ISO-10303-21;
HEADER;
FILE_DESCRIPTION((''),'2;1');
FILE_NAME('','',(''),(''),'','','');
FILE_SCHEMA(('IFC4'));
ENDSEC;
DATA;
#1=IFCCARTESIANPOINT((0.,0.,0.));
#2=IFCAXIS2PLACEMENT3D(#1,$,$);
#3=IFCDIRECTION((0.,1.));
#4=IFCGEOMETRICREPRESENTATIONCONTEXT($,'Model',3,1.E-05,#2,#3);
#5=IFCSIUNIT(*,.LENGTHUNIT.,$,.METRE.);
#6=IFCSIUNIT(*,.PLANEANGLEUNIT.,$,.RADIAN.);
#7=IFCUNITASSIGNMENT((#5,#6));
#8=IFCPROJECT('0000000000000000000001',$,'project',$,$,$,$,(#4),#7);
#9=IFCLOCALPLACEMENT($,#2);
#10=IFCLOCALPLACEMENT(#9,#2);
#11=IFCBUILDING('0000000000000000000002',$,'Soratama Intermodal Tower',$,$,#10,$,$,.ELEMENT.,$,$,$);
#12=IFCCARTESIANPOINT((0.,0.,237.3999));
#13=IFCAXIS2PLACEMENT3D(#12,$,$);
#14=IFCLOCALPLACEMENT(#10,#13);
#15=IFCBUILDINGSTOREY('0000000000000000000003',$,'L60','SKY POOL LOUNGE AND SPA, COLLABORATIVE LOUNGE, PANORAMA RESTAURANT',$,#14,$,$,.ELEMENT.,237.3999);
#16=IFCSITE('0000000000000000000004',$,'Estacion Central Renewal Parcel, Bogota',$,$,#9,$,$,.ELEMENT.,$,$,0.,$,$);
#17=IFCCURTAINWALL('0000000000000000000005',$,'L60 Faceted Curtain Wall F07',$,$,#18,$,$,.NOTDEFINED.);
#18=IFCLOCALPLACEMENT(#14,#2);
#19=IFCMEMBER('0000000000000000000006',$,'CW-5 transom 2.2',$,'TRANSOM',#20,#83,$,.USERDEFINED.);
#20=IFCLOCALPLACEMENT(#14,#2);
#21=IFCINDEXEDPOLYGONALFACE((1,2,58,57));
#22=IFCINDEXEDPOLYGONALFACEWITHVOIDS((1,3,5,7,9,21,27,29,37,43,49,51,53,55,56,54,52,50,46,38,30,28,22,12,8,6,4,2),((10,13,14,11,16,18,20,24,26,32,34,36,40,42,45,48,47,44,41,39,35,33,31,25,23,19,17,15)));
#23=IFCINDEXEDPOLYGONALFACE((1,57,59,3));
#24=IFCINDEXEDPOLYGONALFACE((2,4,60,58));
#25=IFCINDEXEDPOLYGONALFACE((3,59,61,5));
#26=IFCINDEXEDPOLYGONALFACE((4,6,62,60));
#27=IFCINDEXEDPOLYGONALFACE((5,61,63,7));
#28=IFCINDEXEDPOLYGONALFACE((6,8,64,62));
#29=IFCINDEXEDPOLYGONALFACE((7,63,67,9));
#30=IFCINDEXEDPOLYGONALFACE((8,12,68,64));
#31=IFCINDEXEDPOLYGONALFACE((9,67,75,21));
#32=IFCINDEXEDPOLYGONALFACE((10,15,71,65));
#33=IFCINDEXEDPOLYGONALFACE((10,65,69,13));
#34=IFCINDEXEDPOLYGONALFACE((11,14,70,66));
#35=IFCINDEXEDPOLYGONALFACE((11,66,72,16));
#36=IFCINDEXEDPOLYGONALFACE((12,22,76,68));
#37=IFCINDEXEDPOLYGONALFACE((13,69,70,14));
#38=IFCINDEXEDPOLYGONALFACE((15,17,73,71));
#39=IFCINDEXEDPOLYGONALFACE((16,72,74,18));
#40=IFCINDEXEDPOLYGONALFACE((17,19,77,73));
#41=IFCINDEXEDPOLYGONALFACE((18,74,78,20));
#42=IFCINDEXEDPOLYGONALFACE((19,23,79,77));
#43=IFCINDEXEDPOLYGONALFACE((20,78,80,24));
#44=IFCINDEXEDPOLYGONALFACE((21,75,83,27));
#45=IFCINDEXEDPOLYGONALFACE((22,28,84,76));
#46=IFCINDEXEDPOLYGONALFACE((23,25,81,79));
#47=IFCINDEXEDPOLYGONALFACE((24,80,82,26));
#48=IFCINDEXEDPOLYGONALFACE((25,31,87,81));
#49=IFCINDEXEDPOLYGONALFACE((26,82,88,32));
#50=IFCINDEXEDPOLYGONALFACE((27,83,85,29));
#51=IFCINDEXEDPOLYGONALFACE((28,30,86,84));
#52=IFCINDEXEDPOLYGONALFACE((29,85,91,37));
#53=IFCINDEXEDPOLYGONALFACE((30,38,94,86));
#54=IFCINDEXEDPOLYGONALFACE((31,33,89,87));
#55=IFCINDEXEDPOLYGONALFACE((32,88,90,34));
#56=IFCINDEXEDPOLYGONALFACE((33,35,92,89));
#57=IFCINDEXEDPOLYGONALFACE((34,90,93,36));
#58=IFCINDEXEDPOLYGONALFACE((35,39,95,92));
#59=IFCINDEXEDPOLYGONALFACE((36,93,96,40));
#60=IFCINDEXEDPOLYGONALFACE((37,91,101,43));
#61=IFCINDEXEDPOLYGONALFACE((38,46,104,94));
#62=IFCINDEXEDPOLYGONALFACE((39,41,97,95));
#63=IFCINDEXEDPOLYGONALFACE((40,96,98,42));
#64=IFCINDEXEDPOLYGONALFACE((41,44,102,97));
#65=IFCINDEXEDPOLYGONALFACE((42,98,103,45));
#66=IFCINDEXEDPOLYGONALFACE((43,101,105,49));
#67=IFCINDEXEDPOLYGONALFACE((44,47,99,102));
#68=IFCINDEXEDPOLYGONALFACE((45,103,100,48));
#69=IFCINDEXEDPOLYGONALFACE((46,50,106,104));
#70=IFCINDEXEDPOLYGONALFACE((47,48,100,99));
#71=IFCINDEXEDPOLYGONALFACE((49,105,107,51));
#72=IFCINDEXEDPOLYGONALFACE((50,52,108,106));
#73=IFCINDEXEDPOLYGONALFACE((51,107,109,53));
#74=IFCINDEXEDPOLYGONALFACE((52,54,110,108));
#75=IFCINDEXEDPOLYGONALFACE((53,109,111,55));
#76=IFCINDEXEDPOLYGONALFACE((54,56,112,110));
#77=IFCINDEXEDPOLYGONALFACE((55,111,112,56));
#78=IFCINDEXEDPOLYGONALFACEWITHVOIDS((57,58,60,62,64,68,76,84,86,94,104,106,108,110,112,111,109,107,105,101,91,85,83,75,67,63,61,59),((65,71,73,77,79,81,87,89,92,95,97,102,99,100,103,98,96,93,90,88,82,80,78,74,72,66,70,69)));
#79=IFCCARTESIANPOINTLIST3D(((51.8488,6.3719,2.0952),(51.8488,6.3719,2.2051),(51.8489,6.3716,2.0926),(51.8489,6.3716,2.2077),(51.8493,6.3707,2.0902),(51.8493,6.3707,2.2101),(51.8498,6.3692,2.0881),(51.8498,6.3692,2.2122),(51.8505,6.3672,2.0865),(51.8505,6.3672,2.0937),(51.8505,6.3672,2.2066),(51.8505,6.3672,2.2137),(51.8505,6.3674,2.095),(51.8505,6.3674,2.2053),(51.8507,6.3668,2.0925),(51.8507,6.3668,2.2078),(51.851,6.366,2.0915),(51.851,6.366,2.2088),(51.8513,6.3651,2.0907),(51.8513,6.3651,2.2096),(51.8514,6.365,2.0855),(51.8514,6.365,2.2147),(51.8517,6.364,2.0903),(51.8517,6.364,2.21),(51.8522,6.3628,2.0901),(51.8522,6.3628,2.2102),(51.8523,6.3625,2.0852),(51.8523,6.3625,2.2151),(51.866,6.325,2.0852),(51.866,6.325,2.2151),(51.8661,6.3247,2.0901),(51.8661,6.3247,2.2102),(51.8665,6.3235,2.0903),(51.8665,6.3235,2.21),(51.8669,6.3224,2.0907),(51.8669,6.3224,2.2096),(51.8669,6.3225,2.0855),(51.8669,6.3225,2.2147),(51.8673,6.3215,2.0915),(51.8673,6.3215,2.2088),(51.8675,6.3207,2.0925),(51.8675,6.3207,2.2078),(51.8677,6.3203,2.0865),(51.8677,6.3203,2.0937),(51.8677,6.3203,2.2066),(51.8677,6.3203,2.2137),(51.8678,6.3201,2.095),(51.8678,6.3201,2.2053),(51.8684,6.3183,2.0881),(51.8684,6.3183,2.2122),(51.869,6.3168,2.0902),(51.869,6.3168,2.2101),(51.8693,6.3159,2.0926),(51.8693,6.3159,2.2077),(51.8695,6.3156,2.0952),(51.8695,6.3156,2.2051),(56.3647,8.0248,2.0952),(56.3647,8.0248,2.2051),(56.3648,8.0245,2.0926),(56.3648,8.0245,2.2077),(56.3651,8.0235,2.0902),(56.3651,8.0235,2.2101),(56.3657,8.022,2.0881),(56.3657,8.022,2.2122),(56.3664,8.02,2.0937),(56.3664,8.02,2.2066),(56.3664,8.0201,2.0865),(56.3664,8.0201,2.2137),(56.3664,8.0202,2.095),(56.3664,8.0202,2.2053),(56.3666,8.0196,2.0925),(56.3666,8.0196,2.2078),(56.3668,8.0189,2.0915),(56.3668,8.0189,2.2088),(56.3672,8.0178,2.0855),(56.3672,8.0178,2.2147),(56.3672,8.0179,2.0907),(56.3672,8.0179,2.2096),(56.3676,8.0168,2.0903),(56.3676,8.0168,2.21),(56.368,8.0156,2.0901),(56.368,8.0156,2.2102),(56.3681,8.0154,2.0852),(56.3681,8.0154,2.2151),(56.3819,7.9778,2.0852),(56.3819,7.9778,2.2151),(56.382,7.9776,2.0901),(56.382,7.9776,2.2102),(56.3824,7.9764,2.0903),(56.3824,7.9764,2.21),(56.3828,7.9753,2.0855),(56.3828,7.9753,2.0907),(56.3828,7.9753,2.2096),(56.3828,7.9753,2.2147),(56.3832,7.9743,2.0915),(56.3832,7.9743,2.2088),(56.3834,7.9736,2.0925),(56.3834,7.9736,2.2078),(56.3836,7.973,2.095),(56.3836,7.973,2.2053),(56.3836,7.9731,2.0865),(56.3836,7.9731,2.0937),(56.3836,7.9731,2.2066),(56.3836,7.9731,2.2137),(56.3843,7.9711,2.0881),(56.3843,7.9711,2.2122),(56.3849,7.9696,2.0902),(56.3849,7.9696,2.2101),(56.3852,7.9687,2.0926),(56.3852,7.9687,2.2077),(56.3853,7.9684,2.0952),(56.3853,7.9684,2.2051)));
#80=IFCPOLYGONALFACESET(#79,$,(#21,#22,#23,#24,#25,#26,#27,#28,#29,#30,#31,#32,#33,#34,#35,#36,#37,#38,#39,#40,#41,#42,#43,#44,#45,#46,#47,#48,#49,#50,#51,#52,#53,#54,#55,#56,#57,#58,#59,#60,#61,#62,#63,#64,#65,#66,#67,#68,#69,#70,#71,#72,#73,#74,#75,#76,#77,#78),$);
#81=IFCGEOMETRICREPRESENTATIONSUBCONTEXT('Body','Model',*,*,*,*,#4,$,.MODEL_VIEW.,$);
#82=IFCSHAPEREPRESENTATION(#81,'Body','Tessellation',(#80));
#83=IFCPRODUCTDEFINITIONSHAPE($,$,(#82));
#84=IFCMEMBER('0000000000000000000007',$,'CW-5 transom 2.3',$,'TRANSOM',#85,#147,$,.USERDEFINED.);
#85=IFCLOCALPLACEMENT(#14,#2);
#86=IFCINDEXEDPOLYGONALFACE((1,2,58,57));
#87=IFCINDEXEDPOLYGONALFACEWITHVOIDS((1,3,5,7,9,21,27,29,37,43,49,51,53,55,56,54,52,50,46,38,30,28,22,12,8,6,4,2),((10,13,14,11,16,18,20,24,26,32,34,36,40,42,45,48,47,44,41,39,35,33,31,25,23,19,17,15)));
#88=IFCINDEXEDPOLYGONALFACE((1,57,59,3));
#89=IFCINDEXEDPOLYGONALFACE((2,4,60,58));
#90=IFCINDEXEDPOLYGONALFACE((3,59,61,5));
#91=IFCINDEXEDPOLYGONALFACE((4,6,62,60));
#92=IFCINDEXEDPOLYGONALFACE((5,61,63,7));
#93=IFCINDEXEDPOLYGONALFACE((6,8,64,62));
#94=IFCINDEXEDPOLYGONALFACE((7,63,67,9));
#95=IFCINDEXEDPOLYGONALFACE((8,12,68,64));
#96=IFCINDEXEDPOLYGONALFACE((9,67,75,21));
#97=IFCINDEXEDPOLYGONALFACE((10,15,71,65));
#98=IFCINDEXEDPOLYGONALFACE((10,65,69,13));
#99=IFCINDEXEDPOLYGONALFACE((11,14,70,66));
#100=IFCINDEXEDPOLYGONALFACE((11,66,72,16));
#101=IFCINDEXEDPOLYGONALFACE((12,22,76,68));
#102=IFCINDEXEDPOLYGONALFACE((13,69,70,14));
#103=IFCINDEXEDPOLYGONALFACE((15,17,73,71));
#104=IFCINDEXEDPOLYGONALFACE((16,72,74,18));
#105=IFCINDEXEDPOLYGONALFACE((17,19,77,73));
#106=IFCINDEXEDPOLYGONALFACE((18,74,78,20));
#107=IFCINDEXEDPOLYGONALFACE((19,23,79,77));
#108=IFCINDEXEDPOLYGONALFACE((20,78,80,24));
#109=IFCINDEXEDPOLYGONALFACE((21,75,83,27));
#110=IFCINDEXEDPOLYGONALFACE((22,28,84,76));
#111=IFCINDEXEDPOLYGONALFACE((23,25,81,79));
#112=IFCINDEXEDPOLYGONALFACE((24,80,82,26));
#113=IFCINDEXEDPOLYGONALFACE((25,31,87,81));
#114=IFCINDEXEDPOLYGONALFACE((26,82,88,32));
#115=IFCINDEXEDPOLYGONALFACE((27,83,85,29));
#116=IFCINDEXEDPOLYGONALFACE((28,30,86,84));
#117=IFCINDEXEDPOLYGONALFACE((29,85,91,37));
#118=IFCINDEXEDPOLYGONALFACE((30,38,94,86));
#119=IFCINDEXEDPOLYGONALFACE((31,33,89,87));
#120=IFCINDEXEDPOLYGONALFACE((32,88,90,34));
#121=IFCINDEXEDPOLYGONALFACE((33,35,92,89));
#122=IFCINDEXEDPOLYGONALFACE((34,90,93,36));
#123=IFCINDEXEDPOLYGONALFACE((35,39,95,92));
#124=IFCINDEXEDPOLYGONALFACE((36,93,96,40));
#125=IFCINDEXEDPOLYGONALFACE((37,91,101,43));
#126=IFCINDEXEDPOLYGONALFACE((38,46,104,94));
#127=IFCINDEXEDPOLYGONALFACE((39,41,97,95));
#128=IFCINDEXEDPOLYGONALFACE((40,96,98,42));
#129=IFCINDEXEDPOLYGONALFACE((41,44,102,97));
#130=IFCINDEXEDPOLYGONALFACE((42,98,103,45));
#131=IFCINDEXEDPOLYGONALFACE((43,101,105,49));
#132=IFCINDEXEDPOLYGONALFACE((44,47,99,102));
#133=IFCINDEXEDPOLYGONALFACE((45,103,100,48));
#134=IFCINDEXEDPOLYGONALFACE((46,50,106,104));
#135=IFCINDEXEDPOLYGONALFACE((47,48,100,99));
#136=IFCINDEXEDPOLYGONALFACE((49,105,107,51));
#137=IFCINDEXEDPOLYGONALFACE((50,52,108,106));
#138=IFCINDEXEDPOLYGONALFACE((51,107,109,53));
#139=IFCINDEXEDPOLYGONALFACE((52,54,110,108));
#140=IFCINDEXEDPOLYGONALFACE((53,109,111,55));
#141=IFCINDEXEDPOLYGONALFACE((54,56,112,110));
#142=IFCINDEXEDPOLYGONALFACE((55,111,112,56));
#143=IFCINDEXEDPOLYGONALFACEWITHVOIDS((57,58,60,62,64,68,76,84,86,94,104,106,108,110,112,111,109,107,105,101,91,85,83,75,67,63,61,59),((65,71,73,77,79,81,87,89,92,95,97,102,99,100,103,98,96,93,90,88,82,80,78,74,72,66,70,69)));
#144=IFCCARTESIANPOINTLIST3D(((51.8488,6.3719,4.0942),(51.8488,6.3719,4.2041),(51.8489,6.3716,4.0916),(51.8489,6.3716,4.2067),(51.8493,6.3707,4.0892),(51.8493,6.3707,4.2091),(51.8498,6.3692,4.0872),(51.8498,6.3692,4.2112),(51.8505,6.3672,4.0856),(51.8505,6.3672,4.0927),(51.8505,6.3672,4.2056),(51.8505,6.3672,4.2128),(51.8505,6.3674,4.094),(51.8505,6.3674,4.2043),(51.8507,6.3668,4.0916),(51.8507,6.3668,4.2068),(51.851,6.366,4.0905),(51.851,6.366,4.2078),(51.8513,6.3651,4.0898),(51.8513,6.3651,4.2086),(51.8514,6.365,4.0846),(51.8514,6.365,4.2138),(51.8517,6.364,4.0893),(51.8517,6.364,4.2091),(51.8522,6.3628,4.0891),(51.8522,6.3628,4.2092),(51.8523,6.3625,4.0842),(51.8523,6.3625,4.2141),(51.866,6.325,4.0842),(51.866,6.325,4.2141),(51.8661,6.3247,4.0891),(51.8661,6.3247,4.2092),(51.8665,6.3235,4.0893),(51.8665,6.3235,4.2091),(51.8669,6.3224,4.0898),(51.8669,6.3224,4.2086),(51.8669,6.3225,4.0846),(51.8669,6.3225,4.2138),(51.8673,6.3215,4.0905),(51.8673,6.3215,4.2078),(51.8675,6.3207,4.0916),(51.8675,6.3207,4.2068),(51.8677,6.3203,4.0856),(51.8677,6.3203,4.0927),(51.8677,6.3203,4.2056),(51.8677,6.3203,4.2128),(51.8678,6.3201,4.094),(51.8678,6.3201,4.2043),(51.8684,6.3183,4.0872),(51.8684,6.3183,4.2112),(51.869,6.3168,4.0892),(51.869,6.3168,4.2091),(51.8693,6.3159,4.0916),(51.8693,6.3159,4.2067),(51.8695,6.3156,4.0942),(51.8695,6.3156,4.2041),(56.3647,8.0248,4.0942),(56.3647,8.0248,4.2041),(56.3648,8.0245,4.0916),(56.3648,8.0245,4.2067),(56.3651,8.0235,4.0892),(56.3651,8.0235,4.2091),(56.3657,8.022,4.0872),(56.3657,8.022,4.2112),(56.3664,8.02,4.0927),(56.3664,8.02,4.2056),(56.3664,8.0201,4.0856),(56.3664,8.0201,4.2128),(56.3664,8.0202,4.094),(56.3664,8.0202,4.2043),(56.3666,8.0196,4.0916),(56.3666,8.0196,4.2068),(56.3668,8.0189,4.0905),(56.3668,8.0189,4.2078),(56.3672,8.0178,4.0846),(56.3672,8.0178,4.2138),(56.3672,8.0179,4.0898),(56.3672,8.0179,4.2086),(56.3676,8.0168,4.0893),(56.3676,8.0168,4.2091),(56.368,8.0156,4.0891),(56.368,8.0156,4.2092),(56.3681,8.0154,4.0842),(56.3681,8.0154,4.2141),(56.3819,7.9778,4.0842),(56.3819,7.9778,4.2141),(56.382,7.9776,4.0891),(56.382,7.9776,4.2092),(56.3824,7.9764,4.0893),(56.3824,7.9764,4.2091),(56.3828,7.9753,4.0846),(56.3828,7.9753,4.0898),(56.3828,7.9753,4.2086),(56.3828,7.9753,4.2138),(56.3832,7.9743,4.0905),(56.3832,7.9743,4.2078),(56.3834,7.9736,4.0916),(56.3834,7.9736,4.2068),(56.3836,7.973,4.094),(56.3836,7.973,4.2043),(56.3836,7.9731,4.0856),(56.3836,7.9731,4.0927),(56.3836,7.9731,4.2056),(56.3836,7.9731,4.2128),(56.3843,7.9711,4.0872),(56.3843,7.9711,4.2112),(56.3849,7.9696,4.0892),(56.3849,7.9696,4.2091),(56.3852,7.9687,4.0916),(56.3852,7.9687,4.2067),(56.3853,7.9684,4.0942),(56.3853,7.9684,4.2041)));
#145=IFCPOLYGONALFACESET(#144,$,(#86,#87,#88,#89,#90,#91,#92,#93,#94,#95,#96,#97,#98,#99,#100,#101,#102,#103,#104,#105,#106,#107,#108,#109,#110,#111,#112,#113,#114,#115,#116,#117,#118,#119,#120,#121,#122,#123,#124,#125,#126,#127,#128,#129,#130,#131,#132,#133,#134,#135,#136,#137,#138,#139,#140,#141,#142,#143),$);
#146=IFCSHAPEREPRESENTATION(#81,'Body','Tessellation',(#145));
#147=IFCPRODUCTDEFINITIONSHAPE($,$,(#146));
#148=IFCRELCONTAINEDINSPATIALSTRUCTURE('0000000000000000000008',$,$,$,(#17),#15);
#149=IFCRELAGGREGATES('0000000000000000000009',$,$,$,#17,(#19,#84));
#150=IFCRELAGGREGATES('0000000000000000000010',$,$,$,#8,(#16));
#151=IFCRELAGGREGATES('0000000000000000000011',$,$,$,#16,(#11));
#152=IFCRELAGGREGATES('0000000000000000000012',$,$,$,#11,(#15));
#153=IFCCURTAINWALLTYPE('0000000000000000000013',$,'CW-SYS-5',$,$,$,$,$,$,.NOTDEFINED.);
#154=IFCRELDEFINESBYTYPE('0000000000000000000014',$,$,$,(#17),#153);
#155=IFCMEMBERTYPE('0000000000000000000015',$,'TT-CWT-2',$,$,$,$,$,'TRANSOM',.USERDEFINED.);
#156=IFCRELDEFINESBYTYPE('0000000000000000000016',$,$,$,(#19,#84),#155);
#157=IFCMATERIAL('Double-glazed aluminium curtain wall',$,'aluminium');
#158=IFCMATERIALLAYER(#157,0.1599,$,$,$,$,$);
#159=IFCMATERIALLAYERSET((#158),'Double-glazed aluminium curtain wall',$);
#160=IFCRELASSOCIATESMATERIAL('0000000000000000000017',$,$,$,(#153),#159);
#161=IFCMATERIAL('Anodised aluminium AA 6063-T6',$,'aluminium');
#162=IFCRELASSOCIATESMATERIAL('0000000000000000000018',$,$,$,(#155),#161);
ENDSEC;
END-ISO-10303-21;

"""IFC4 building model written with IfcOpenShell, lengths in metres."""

from ifc_helpers import new_model, si_unit, direction, frame, origin, origin_2d, place, context, subcontext, project, spatial, hollow_rectangle, extrude, material, layer, layer_set, material_profile, profile_set, type_object, element, aggregate, save


model = new_model("IFC4")

# Units and contexts
model_context = context("Model", 3, precision=1e-05, world=origin(), true_north=direction((0.0, 1.0)))
body_context = subcontext(model_context, "Body", "Model", "MODEL_VIEW")
ifc_project = project(units=[si_unit("LENGTHUNIT", "METRE"), si_unit("PLANEANGLEUNIT", "RADIAN")], contexts=[model_context])

# Site, building, storey
site_placement = place(None, origin())
site = spatial("IfcSite", under=ifc_project, at=site_placement, Name="Estacion Central Renewal Parcel, Bogota", CompositionType="ELEMENT", RefElevation=0.0)
building_placement = place(site_placement, origin())
building = spatial("IfcBuilding", under=site, at=building_placement, Name="Soratama Intermodal Tower", CompositionType="ELEMENT")
storey_placement = place(building_placement, frame((0.0, 0.0, 237.3999)))
storey = spatial("IfcBuildingStorey", under=building, at=storey_placement, Name="L60", Description="SKY POOL LOUNGE AND SPA, COLLABORATIVE LOUNGE, PANORAMA RESTAURANT", CompositionType="ELEMENT", Elevation=237.3999)

# Curtain wall
ifc_material_1 = material(Name="Double-glazed aluminium curtain wall", Category="aluminium")
ifc_layer_1 = layer(ifc_material_1, 0.1599)
ifc_layer_set_1 = layer_set([ifc_layer_1], Name="Double-glazed aluminium curtain wall")
curtain_wall_type = type_object("IfcCurtainWallType", Name="CW-SYS-5", PredefinedType="NOTDEFINED", material=ifc_layer_set_1)
curtain_wall_1_placement = place(storey_placement, origin())
curtain_wall_1 = element("IfcCurtainWall", 1, at=curtain_wall_1_placement, inside=storey, type_object=curtain_wall_type, Name="L60 Faceted Curtain Wall F07", PredefinedType="NOTDEFINED")

# Members
ifc_material_2 = material(Name="Anodised aluminium AA 6063-T6", Category="aluminium")
ifc_material_profile_1 = material_profile(ifc_material_2, hollow_rectangle(XDim=0.0601, YDim=0.1299, WallThickness=0.0049, InnerFilletRadius=0.0049, OuterFilletRadius=0.01, at=origin_2d()), Name="CWT130X60X5")
ifc_profile_set_1 = profile_set([ifc_material_profile_1], Name="Anodised aluminium AA 6063-T6")
member_type_1 = type_object("IfcMemberType", Name="TT-CWT-2", ElementType="TRANSOM", PredefinedType="USERDEFINED", material=ifc_profile_set_1)
member_1_placement = place(storey_placement, frame((51.8591, 6.3438, 2.1501), z_axis=(0.939077, 0.343707, 0.0), x_axis=(-0.343707, 0.939077, 0.0)))
member_1 = element("IfcMember", 2, at=member_1_placement, type_object=member_type_1, Name="CW-5 transom 2.2", ObjectType="TRANSOM", PredefinedType="USERDEFINED", context=body_context, shape_type="SweptSolid", body=[
    extrude(hollow_rectangle(XDim=0.0601, YDim=0.1299, WallThickness=0.0049, InnerFilletRadius=0.0049, OuterFilletRadius=0.01, at=origin_2d()), origin(), (0.0, 0.0, 1.0), 4.8088),
])
member_2_placement = place(storey_placement, frame((51.8591, 6.3438, 4.1492), z_axis=(0.939077, 0.343707, 0.0), x_axis=(-0.343707, 0.939077, 0.0)))
member_2 = element("IfcMember", 3, at=member_2_placement, type_object=member_type_1, Name="CW-5 transom 2.3", ObjectType="TRANSOM", PredefinedType="USERDEFINED", context=body_context, shape_type="SweptSolid", body=[
    extrude(hollow_rectangle(XDim=0.0601, YDim=0.1299, WallThickness=0.0049, InnerFilletRadius=0.0049, OuterFilletRadius=0.01, at=origin_2d()), origin(), (0.0, 0.0, 1.0), 4.8088),
])

aggregate(curtain_wall_1, [member_1, member_2])

save(model, "model.ifc")
